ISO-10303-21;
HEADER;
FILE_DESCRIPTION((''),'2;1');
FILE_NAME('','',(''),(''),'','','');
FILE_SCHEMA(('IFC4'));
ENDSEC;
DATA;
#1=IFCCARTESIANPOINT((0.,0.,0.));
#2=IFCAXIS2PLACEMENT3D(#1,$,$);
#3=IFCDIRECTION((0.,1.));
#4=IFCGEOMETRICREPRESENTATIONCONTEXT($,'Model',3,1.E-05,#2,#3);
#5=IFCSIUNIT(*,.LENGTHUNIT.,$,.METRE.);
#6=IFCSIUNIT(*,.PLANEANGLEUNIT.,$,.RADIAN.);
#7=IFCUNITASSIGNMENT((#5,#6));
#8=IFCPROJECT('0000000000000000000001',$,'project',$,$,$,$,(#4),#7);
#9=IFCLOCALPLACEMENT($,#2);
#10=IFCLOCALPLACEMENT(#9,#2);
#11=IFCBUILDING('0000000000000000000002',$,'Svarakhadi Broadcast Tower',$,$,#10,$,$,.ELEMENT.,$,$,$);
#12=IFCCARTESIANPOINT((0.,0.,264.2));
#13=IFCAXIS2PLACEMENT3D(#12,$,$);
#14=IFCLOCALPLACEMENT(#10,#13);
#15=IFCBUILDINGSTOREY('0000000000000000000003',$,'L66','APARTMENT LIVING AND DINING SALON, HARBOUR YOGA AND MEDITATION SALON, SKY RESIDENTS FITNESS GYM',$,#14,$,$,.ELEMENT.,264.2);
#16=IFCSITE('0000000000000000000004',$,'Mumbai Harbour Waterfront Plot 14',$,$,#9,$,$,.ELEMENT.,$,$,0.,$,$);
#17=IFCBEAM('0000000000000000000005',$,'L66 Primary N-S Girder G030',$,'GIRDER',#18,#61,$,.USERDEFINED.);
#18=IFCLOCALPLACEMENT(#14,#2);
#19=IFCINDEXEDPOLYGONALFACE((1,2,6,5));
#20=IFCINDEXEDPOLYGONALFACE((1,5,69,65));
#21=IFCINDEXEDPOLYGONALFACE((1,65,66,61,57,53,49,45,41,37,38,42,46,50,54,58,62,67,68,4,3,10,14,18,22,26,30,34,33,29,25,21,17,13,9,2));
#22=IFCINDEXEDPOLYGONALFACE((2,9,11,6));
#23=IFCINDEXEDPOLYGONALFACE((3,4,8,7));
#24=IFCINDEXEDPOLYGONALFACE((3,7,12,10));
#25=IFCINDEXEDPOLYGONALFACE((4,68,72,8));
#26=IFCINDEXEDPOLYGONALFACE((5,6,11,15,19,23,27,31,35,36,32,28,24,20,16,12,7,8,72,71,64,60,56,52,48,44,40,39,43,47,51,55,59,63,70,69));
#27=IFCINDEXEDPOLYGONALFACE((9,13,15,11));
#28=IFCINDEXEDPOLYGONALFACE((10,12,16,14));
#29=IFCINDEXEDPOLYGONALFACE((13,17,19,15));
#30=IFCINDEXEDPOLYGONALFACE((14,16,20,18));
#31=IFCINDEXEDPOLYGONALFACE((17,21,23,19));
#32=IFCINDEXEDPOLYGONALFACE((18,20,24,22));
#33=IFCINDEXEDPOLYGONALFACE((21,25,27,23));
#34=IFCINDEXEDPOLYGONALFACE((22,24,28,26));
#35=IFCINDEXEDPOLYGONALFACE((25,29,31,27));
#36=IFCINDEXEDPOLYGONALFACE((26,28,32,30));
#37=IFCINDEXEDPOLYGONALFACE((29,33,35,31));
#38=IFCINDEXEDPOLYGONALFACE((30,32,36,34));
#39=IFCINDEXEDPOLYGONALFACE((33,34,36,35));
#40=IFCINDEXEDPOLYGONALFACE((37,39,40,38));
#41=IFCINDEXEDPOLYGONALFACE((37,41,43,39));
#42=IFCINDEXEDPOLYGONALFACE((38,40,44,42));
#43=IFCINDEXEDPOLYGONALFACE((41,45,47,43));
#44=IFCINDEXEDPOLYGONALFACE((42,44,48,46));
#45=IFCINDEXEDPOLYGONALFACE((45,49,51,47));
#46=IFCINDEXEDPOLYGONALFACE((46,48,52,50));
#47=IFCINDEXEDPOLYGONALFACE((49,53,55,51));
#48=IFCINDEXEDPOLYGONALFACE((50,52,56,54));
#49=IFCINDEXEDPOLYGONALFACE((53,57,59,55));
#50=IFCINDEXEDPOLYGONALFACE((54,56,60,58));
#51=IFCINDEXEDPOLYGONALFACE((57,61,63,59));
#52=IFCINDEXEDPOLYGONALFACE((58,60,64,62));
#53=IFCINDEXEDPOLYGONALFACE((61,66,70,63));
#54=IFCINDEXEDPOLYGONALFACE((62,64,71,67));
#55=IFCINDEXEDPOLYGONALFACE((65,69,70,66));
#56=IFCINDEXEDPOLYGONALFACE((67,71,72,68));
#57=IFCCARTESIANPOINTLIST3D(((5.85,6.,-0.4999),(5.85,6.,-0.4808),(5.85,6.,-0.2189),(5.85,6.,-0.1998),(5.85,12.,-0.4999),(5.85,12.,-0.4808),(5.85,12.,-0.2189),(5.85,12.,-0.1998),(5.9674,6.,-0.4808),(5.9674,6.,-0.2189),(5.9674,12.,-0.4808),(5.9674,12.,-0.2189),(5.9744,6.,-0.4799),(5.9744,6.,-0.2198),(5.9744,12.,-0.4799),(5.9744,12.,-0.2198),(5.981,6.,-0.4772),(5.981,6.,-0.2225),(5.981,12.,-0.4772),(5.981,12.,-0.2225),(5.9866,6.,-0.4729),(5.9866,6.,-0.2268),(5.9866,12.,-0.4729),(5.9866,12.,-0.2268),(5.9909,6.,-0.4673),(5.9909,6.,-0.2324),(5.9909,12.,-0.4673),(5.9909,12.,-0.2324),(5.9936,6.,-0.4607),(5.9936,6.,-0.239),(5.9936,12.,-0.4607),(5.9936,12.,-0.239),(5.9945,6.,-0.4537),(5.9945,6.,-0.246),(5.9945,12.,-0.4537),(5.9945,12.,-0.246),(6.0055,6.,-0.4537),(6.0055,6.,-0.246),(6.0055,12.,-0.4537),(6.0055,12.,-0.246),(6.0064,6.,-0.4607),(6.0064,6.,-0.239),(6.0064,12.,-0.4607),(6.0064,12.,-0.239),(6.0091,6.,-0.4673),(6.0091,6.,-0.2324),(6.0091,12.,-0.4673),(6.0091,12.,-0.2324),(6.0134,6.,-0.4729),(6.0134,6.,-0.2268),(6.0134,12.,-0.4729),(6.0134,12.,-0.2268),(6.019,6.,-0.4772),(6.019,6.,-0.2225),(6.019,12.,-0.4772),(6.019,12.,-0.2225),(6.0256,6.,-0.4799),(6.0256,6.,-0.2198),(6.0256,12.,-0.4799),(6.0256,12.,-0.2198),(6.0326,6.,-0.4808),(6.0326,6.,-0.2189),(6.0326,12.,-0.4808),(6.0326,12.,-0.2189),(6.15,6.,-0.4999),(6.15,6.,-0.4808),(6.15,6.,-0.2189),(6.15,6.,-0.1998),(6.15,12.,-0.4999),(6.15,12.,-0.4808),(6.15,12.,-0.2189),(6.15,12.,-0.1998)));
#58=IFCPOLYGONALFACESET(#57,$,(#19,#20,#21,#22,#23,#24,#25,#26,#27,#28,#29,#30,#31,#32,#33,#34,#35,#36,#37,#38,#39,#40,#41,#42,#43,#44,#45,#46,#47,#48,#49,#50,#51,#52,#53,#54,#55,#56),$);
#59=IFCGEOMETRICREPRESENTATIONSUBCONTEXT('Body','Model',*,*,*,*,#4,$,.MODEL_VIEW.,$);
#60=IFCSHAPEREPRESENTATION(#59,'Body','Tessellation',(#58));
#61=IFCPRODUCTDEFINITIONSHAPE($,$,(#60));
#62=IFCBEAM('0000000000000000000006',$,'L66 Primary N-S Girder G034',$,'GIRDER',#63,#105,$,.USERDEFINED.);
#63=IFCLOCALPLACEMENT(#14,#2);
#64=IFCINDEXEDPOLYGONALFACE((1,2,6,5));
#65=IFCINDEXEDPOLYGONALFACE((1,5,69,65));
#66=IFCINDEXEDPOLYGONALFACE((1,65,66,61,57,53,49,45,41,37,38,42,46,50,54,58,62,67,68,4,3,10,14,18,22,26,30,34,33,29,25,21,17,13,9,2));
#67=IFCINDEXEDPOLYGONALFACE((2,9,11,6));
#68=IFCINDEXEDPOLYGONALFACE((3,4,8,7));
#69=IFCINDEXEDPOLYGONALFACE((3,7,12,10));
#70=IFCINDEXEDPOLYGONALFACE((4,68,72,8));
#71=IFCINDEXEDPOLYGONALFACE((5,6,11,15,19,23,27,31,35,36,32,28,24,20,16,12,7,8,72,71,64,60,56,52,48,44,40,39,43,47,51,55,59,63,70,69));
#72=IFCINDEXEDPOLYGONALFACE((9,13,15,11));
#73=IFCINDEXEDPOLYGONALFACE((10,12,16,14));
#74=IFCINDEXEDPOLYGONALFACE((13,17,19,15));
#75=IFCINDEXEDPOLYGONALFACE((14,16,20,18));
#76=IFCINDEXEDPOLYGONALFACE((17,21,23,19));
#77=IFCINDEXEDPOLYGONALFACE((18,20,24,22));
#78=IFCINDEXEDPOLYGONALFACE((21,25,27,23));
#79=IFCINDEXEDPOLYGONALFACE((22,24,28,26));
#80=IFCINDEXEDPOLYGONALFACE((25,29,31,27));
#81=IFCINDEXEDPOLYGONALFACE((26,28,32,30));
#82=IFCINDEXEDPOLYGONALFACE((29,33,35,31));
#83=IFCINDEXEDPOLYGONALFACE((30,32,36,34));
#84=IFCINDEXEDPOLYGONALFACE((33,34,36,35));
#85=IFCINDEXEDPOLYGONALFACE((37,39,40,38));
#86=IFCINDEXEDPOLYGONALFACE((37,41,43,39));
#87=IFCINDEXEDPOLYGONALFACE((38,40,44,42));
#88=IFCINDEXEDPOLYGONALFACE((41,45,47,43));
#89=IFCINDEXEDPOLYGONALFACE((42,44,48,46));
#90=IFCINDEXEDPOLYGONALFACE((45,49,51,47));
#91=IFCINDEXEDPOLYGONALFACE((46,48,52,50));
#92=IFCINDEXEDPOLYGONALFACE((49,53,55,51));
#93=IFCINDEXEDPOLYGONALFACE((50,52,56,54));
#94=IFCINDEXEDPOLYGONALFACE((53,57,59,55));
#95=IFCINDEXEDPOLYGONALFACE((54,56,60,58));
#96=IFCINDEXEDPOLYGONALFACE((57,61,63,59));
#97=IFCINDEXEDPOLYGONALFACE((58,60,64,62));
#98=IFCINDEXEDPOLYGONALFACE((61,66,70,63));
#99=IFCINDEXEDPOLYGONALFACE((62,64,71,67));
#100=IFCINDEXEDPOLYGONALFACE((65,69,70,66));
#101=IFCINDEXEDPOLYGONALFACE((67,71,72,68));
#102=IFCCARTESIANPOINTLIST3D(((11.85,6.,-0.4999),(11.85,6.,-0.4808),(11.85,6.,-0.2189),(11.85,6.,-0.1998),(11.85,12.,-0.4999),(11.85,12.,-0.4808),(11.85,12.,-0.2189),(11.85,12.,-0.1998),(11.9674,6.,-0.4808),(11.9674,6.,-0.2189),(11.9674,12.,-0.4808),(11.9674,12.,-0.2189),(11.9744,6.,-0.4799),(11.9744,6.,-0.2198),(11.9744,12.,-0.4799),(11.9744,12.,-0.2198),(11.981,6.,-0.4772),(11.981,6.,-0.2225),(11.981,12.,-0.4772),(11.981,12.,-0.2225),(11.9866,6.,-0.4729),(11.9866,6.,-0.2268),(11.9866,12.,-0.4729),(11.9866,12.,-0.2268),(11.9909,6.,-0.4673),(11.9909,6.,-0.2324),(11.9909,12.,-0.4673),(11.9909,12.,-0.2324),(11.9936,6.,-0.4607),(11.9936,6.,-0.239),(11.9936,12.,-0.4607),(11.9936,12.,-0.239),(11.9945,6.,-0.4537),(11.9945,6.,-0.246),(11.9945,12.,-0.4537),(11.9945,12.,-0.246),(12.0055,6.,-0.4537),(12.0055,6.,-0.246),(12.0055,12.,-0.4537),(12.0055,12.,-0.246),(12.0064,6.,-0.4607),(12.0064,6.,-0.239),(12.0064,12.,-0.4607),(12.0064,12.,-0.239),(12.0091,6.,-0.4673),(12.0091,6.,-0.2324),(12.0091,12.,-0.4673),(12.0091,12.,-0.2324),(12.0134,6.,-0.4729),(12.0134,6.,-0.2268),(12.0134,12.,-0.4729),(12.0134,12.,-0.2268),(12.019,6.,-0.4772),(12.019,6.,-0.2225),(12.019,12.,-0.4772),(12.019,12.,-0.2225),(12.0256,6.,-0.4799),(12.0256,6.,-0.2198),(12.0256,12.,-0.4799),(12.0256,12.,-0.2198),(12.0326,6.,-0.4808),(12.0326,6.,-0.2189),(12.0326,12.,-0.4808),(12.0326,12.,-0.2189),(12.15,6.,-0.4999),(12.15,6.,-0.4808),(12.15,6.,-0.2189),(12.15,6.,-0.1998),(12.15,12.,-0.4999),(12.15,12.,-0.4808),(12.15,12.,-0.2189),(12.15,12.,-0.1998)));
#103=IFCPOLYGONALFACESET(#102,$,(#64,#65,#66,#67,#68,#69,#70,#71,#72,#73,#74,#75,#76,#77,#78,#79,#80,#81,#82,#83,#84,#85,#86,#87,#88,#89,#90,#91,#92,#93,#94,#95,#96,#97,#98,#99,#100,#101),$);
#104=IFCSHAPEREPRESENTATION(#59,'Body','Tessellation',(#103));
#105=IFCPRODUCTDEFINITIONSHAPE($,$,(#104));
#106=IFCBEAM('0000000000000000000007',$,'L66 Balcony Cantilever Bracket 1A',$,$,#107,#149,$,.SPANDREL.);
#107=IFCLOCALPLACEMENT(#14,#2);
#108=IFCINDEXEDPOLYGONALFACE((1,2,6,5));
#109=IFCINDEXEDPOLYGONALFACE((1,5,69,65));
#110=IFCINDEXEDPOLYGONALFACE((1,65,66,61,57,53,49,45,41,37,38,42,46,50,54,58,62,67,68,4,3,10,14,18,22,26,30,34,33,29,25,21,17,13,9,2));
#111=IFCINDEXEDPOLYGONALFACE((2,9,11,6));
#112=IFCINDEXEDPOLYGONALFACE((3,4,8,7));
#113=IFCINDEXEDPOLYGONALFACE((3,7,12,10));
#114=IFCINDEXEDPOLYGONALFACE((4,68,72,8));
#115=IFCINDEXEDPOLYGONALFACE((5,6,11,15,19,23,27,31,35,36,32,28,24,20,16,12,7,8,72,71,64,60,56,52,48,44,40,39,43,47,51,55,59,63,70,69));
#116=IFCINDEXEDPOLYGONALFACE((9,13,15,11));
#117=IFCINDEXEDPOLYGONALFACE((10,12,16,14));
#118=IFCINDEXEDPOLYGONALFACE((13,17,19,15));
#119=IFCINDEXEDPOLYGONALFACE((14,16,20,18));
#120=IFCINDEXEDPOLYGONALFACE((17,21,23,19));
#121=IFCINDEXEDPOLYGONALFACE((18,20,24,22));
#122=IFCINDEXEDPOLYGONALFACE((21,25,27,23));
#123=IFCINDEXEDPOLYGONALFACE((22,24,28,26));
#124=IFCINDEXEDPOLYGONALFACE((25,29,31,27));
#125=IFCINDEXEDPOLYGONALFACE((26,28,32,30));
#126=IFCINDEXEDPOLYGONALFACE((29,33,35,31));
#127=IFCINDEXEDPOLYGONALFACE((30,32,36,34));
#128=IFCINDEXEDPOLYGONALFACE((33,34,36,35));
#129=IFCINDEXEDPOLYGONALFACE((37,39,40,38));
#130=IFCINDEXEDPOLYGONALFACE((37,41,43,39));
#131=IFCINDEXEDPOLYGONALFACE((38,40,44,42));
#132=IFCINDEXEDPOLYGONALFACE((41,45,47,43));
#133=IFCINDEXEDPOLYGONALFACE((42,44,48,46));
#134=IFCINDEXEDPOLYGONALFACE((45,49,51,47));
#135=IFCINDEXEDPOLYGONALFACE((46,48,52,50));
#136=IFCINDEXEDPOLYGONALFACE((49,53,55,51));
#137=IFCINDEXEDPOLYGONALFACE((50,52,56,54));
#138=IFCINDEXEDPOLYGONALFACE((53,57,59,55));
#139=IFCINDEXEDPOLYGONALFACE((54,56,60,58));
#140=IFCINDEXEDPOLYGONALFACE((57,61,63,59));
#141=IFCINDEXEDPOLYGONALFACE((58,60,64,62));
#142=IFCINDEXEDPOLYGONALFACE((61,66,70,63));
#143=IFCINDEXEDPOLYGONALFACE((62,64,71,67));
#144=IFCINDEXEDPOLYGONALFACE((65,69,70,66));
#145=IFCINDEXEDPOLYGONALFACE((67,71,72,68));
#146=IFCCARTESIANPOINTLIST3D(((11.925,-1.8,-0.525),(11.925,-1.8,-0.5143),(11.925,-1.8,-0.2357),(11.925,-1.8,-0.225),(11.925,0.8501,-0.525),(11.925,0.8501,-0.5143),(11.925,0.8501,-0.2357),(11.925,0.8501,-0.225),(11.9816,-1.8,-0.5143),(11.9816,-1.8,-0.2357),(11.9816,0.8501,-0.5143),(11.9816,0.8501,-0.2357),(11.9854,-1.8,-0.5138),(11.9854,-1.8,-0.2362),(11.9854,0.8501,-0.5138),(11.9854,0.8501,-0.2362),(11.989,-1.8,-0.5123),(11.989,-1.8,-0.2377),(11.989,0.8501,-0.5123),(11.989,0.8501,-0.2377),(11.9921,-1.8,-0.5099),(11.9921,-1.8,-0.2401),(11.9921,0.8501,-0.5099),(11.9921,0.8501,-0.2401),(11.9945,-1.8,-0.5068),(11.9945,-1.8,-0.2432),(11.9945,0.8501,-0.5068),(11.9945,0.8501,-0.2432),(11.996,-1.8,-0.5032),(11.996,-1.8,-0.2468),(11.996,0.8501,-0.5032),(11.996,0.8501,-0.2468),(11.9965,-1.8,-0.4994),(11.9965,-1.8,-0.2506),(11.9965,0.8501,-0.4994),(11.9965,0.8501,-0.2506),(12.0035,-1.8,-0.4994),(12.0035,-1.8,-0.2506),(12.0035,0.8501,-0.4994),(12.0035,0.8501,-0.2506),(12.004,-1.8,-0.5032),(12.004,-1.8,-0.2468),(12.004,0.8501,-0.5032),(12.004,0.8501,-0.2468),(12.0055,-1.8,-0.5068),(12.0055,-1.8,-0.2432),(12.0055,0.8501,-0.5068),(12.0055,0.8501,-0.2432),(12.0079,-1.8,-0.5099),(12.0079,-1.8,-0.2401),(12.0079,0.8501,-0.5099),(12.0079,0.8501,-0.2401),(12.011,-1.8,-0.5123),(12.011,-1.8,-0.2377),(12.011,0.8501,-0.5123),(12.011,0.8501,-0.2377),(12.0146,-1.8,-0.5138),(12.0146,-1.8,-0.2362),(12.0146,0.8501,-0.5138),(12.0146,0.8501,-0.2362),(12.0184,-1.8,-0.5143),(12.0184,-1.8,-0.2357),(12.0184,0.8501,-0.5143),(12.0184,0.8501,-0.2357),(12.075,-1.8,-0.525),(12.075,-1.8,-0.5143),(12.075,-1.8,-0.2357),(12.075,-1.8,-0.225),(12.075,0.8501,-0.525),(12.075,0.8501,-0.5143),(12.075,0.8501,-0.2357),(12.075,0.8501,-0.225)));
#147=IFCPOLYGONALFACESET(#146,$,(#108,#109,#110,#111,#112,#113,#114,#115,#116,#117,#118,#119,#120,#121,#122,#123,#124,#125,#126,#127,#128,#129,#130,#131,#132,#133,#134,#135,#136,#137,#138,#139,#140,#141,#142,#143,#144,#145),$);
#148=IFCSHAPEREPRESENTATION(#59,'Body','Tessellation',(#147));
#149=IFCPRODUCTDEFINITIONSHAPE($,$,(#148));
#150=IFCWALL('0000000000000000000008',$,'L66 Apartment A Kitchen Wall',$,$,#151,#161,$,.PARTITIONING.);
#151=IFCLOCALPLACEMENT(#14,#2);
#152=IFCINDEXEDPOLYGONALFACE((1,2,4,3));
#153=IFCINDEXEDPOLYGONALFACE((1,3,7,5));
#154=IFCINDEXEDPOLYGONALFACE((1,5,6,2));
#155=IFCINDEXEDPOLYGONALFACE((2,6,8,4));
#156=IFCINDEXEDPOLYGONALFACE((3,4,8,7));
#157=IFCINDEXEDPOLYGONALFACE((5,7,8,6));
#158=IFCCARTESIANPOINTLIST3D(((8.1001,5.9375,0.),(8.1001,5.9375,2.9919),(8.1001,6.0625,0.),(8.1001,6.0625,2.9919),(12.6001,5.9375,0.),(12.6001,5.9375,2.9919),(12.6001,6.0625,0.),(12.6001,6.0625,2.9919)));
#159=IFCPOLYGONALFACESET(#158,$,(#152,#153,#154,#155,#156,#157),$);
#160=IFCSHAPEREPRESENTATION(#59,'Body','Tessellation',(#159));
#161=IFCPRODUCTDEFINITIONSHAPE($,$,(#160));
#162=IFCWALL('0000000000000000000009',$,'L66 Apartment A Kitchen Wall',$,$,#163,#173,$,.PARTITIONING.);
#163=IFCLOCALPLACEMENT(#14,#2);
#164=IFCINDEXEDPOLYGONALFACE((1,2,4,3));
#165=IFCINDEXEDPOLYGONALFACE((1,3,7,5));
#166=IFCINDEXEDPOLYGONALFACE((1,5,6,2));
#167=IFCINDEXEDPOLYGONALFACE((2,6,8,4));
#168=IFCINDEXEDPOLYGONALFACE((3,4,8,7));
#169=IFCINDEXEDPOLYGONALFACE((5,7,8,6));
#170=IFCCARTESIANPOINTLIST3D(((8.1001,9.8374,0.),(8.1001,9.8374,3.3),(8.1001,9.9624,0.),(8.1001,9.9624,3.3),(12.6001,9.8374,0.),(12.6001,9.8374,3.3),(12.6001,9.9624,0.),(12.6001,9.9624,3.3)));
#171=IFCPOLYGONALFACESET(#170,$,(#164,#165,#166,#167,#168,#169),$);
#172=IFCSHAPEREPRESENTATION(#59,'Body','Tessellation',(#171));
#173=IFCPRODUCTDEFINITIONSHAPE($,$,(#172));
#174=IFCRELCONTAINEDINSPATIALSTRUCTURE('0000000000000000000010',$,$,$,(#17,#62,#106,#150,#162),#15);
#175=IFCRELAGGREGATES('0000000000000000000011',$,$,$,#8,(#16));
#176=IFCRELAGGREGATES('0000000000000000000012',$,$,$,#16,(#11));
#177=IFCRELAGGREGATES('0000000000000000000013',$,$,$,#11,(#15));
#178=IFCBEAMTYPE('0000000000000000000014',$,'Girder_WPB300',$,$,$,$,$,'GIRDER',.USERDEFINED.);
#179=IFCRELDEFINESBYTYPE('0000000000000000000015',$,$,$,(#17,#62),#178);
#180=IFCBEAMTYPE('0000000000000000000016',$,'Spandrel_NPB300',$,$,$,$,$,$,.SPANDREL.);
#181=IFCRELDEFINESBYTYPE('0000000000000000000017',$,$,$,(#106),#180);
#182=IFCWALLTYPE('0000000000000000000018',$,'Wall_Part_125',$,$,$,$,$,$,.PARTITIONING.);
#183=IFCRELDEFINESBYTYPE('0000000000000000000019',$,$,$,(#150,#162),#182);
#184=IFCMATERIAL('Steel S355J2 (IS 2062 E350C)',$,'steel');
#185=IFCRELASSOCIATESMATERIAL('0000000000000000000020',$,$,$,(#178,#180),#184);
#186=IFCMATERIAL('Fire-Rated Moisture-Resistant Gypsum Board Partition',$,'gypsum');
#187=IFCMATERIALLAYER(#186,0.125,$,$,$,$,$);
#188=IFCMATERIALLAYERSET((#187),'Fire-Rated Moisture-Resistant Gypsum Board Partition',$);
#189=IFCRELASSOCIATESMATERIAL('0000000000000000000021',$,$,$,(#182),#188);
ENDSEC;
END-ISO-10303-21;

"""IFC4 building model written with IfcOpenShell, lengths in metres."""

from ifc_helpers import new_model, si_unit, direction, frame, frame_2d, origin, origin_2d, place, context, subcontext, project, spatial, rectangle, i_section, extrude, material, layer, layer_set, material_profile, profile_set, type_object, element, save


model = new_model("IFC4")

# Units and contexts
model_context = context("Model", 3, precision=1e-05, world=origin(), true_north=direction((0.0, 1.0)))
body_context = subcontext(model_context, "Body", "Model", "MODEL_VIEW")
ifc_project = project(units=[si_unit("LENGTHUNIT", "METRE"), si_unit("PLANEANGLEUNIT", "RADIAN")], contexts=[model_context])

# Site, building, storey
site_placement = place(None, origin())
site = spatial("IfcSite", under=ifc_project, at=site_placement, Name="Mumbai Harbour Waterfront Plot 14", CompositionType="ELEMENT", RefElevation=0.0)
building_placement = place(site_placement, origin())
building = spatial("IfcBuilding", under=site, at=building_placement, Name="Svarakhadi Broadcast Tower", CompositionType="ELEMENT")
storey_placement = place(building_placement, frame((0.0, 0.0, 264.2)))
storey = spatial("IfcBuildingStorey", under=building, at=storey_placement, Name="L66", Description="APARTMENT LIVING AND DINING SALON, HARBOUR YOGA AND MEDITATION SALON, SKY RESIDENTS FITNESS GYM", CompositionType="ELEMENT", Elevation=264.2)

# Beams
ifc_material_1 = material(Name="Steel S355J2 (IS 2062 E350C)", Category="steel")
ifc_material_profile_1 = material_profile(ifc_material_1, i_section(OverallWidth=0.3, OverallDepth=0.3, WebThickness=0.011, FlangeThickness=0.019, FilletRadius=0.0271, at=origin_2d()), Name="WPB 300x300x117")
ifc_profile_set_1 = profile_set([ifc_material_profile_1], Name="Steel S355J2 (IS 2062 E350C)")
beam_type_1 = type_object("IfcBeamType", Name="Girder_WPB300", ElementType="GIRDER", PredefinedType="USERDEFINED", material=ifc_profile_set_1)
for number, where, z_axis, x_axis, name in (
    (1, (6.0, 6.0, -0.3499), (0.0, 1.0, 0.0), (-1.0, 0.0, 0.0), "L66 Primary N-S Girder G030"),
    (2, (12.0, 6.0, -0.3499), (0.0, 1.0, 0.0), (-1.0, 0.0, 0.0), "L66 Primary N-S Girder G034"),
):
    element("IfcBeam", number, at=place(storey_placement, frame(where, z_axis=z_axis, x_axis=x_axis)), inside=storey, type_object=beam_type_1, Name=name, ObjectType="GIRDER", PredefinedType="USERDEFINED", context=body_context, shape_type="SweptSolid", body=[
        extrude(i_section(OverallWidth=0.3, OverallDepth=0.3, WebThickness=0.011, FlangeThickness=0.019, FilletRadius=0.0271, at=origin_2d()), origin(), (0.0, 0.0, 1.0), 6.0),
    ])
ifc_material_profile_2 = material_profile(ifc_material_1, i_section(OverallWidth=0.1499, OverallDepth=0.3, WebThickness=0.0071, FlangeThickness=0.0107, FilletRadius=0.0149, at=origin_2d()), Name="NPB 300x150x37")
ifc_profile_set_2 = profile_set([ifc_material_profile_2], Name="Steel S355J2 (IS 2062 E350C)")
beam_type_2 = type_object("IfcBeamType", Name="Spandrel_NPB300", PredefinedType="SPANDREL", material=ifc_profile_set_2)
beam_1_placement = place(storey_placement, frame((12.0, 0.8501, -0.375), z_axis=(0.0, -1.0, 0.0), x_axis=(1.0, 0.0, 0.0)))
element("IfcBeam", 3, at=beam_1_placement, inside=storey, type_object=beam_type_2, Name="L66 Balcony Cantilever Bracket 1A", PredefinedType="SPANDREL", context=body_context, shape_type="SweptSolid", body=[
    extrude(i_section(OverallWidth=0.1499, OverallDepth=0.3, WebThickness=0.0071, FlangeThickness=0.0107, FilletRadius=0.0149, at=origin_2d()), origin(), (0.0, 0.0, 1.0), 2.6501),
])

# Walls
ifc_material_2 = material(Name="Fire-Rated Moisture-Resistant Gypsum Board Partition", Category="gypsum")
ifc_layer_1 = layer(ifc_material_2, 0.125)
ifc_layer_set_1 = layer_set([ifc_layer_1], Name="Fire-Rated Moisture-Resistant Gypsum Board Partition")
wall_type_1 = type_object("IfcWallType", Name="Wall_Part_125", PredefinedType="PARTITIONING", material=ifc_layer_set_1)
wall_1_placement = place(storey_placement, frame((8.1001, 6.0, 0.0), z_axis=(0.0, 0.0, 1.0), x_axis=(1.0, 0.0, 0.0)))
element("IfcWall", 4, at=wall_1_placement, inside=storey, type_object=wall_type_1, Name="L66 Apartment A Kitchen Wall", PredefinedType="PARTITIONING", context=body_context, shape_type="SweptSolid", body=[
    extrude(rectangle(XDim=4.5, YDim=0.125, at=frame_2d((2.25, 0.0))), origin(), (0.0, 0.0, 1.0), 2.9919),
])
wall_2_placement = place(storey_placement, frame((8.1001, 9.8999, 0.0), z_axis=(0.0, 0.0, 1.0), x_axis=(1.0, 0.0, 0.0)))
element("IfcWall", 5, at=wall_2_placement, inside=storey, type_object=wall_type_1, Name="L66 Apartment A Kitchen Wall", PredefinedType="PARTITIONING", context=body_context, shape_type="SweptSolid", body=[
    extrude(rectangle(XDim=4.5, YDim=0.125, at=frame_2d((2.25, 0.0))), origin(), (0.0, 0.0, 1.0), 3.3),
])

save(model, "model.ifc")
